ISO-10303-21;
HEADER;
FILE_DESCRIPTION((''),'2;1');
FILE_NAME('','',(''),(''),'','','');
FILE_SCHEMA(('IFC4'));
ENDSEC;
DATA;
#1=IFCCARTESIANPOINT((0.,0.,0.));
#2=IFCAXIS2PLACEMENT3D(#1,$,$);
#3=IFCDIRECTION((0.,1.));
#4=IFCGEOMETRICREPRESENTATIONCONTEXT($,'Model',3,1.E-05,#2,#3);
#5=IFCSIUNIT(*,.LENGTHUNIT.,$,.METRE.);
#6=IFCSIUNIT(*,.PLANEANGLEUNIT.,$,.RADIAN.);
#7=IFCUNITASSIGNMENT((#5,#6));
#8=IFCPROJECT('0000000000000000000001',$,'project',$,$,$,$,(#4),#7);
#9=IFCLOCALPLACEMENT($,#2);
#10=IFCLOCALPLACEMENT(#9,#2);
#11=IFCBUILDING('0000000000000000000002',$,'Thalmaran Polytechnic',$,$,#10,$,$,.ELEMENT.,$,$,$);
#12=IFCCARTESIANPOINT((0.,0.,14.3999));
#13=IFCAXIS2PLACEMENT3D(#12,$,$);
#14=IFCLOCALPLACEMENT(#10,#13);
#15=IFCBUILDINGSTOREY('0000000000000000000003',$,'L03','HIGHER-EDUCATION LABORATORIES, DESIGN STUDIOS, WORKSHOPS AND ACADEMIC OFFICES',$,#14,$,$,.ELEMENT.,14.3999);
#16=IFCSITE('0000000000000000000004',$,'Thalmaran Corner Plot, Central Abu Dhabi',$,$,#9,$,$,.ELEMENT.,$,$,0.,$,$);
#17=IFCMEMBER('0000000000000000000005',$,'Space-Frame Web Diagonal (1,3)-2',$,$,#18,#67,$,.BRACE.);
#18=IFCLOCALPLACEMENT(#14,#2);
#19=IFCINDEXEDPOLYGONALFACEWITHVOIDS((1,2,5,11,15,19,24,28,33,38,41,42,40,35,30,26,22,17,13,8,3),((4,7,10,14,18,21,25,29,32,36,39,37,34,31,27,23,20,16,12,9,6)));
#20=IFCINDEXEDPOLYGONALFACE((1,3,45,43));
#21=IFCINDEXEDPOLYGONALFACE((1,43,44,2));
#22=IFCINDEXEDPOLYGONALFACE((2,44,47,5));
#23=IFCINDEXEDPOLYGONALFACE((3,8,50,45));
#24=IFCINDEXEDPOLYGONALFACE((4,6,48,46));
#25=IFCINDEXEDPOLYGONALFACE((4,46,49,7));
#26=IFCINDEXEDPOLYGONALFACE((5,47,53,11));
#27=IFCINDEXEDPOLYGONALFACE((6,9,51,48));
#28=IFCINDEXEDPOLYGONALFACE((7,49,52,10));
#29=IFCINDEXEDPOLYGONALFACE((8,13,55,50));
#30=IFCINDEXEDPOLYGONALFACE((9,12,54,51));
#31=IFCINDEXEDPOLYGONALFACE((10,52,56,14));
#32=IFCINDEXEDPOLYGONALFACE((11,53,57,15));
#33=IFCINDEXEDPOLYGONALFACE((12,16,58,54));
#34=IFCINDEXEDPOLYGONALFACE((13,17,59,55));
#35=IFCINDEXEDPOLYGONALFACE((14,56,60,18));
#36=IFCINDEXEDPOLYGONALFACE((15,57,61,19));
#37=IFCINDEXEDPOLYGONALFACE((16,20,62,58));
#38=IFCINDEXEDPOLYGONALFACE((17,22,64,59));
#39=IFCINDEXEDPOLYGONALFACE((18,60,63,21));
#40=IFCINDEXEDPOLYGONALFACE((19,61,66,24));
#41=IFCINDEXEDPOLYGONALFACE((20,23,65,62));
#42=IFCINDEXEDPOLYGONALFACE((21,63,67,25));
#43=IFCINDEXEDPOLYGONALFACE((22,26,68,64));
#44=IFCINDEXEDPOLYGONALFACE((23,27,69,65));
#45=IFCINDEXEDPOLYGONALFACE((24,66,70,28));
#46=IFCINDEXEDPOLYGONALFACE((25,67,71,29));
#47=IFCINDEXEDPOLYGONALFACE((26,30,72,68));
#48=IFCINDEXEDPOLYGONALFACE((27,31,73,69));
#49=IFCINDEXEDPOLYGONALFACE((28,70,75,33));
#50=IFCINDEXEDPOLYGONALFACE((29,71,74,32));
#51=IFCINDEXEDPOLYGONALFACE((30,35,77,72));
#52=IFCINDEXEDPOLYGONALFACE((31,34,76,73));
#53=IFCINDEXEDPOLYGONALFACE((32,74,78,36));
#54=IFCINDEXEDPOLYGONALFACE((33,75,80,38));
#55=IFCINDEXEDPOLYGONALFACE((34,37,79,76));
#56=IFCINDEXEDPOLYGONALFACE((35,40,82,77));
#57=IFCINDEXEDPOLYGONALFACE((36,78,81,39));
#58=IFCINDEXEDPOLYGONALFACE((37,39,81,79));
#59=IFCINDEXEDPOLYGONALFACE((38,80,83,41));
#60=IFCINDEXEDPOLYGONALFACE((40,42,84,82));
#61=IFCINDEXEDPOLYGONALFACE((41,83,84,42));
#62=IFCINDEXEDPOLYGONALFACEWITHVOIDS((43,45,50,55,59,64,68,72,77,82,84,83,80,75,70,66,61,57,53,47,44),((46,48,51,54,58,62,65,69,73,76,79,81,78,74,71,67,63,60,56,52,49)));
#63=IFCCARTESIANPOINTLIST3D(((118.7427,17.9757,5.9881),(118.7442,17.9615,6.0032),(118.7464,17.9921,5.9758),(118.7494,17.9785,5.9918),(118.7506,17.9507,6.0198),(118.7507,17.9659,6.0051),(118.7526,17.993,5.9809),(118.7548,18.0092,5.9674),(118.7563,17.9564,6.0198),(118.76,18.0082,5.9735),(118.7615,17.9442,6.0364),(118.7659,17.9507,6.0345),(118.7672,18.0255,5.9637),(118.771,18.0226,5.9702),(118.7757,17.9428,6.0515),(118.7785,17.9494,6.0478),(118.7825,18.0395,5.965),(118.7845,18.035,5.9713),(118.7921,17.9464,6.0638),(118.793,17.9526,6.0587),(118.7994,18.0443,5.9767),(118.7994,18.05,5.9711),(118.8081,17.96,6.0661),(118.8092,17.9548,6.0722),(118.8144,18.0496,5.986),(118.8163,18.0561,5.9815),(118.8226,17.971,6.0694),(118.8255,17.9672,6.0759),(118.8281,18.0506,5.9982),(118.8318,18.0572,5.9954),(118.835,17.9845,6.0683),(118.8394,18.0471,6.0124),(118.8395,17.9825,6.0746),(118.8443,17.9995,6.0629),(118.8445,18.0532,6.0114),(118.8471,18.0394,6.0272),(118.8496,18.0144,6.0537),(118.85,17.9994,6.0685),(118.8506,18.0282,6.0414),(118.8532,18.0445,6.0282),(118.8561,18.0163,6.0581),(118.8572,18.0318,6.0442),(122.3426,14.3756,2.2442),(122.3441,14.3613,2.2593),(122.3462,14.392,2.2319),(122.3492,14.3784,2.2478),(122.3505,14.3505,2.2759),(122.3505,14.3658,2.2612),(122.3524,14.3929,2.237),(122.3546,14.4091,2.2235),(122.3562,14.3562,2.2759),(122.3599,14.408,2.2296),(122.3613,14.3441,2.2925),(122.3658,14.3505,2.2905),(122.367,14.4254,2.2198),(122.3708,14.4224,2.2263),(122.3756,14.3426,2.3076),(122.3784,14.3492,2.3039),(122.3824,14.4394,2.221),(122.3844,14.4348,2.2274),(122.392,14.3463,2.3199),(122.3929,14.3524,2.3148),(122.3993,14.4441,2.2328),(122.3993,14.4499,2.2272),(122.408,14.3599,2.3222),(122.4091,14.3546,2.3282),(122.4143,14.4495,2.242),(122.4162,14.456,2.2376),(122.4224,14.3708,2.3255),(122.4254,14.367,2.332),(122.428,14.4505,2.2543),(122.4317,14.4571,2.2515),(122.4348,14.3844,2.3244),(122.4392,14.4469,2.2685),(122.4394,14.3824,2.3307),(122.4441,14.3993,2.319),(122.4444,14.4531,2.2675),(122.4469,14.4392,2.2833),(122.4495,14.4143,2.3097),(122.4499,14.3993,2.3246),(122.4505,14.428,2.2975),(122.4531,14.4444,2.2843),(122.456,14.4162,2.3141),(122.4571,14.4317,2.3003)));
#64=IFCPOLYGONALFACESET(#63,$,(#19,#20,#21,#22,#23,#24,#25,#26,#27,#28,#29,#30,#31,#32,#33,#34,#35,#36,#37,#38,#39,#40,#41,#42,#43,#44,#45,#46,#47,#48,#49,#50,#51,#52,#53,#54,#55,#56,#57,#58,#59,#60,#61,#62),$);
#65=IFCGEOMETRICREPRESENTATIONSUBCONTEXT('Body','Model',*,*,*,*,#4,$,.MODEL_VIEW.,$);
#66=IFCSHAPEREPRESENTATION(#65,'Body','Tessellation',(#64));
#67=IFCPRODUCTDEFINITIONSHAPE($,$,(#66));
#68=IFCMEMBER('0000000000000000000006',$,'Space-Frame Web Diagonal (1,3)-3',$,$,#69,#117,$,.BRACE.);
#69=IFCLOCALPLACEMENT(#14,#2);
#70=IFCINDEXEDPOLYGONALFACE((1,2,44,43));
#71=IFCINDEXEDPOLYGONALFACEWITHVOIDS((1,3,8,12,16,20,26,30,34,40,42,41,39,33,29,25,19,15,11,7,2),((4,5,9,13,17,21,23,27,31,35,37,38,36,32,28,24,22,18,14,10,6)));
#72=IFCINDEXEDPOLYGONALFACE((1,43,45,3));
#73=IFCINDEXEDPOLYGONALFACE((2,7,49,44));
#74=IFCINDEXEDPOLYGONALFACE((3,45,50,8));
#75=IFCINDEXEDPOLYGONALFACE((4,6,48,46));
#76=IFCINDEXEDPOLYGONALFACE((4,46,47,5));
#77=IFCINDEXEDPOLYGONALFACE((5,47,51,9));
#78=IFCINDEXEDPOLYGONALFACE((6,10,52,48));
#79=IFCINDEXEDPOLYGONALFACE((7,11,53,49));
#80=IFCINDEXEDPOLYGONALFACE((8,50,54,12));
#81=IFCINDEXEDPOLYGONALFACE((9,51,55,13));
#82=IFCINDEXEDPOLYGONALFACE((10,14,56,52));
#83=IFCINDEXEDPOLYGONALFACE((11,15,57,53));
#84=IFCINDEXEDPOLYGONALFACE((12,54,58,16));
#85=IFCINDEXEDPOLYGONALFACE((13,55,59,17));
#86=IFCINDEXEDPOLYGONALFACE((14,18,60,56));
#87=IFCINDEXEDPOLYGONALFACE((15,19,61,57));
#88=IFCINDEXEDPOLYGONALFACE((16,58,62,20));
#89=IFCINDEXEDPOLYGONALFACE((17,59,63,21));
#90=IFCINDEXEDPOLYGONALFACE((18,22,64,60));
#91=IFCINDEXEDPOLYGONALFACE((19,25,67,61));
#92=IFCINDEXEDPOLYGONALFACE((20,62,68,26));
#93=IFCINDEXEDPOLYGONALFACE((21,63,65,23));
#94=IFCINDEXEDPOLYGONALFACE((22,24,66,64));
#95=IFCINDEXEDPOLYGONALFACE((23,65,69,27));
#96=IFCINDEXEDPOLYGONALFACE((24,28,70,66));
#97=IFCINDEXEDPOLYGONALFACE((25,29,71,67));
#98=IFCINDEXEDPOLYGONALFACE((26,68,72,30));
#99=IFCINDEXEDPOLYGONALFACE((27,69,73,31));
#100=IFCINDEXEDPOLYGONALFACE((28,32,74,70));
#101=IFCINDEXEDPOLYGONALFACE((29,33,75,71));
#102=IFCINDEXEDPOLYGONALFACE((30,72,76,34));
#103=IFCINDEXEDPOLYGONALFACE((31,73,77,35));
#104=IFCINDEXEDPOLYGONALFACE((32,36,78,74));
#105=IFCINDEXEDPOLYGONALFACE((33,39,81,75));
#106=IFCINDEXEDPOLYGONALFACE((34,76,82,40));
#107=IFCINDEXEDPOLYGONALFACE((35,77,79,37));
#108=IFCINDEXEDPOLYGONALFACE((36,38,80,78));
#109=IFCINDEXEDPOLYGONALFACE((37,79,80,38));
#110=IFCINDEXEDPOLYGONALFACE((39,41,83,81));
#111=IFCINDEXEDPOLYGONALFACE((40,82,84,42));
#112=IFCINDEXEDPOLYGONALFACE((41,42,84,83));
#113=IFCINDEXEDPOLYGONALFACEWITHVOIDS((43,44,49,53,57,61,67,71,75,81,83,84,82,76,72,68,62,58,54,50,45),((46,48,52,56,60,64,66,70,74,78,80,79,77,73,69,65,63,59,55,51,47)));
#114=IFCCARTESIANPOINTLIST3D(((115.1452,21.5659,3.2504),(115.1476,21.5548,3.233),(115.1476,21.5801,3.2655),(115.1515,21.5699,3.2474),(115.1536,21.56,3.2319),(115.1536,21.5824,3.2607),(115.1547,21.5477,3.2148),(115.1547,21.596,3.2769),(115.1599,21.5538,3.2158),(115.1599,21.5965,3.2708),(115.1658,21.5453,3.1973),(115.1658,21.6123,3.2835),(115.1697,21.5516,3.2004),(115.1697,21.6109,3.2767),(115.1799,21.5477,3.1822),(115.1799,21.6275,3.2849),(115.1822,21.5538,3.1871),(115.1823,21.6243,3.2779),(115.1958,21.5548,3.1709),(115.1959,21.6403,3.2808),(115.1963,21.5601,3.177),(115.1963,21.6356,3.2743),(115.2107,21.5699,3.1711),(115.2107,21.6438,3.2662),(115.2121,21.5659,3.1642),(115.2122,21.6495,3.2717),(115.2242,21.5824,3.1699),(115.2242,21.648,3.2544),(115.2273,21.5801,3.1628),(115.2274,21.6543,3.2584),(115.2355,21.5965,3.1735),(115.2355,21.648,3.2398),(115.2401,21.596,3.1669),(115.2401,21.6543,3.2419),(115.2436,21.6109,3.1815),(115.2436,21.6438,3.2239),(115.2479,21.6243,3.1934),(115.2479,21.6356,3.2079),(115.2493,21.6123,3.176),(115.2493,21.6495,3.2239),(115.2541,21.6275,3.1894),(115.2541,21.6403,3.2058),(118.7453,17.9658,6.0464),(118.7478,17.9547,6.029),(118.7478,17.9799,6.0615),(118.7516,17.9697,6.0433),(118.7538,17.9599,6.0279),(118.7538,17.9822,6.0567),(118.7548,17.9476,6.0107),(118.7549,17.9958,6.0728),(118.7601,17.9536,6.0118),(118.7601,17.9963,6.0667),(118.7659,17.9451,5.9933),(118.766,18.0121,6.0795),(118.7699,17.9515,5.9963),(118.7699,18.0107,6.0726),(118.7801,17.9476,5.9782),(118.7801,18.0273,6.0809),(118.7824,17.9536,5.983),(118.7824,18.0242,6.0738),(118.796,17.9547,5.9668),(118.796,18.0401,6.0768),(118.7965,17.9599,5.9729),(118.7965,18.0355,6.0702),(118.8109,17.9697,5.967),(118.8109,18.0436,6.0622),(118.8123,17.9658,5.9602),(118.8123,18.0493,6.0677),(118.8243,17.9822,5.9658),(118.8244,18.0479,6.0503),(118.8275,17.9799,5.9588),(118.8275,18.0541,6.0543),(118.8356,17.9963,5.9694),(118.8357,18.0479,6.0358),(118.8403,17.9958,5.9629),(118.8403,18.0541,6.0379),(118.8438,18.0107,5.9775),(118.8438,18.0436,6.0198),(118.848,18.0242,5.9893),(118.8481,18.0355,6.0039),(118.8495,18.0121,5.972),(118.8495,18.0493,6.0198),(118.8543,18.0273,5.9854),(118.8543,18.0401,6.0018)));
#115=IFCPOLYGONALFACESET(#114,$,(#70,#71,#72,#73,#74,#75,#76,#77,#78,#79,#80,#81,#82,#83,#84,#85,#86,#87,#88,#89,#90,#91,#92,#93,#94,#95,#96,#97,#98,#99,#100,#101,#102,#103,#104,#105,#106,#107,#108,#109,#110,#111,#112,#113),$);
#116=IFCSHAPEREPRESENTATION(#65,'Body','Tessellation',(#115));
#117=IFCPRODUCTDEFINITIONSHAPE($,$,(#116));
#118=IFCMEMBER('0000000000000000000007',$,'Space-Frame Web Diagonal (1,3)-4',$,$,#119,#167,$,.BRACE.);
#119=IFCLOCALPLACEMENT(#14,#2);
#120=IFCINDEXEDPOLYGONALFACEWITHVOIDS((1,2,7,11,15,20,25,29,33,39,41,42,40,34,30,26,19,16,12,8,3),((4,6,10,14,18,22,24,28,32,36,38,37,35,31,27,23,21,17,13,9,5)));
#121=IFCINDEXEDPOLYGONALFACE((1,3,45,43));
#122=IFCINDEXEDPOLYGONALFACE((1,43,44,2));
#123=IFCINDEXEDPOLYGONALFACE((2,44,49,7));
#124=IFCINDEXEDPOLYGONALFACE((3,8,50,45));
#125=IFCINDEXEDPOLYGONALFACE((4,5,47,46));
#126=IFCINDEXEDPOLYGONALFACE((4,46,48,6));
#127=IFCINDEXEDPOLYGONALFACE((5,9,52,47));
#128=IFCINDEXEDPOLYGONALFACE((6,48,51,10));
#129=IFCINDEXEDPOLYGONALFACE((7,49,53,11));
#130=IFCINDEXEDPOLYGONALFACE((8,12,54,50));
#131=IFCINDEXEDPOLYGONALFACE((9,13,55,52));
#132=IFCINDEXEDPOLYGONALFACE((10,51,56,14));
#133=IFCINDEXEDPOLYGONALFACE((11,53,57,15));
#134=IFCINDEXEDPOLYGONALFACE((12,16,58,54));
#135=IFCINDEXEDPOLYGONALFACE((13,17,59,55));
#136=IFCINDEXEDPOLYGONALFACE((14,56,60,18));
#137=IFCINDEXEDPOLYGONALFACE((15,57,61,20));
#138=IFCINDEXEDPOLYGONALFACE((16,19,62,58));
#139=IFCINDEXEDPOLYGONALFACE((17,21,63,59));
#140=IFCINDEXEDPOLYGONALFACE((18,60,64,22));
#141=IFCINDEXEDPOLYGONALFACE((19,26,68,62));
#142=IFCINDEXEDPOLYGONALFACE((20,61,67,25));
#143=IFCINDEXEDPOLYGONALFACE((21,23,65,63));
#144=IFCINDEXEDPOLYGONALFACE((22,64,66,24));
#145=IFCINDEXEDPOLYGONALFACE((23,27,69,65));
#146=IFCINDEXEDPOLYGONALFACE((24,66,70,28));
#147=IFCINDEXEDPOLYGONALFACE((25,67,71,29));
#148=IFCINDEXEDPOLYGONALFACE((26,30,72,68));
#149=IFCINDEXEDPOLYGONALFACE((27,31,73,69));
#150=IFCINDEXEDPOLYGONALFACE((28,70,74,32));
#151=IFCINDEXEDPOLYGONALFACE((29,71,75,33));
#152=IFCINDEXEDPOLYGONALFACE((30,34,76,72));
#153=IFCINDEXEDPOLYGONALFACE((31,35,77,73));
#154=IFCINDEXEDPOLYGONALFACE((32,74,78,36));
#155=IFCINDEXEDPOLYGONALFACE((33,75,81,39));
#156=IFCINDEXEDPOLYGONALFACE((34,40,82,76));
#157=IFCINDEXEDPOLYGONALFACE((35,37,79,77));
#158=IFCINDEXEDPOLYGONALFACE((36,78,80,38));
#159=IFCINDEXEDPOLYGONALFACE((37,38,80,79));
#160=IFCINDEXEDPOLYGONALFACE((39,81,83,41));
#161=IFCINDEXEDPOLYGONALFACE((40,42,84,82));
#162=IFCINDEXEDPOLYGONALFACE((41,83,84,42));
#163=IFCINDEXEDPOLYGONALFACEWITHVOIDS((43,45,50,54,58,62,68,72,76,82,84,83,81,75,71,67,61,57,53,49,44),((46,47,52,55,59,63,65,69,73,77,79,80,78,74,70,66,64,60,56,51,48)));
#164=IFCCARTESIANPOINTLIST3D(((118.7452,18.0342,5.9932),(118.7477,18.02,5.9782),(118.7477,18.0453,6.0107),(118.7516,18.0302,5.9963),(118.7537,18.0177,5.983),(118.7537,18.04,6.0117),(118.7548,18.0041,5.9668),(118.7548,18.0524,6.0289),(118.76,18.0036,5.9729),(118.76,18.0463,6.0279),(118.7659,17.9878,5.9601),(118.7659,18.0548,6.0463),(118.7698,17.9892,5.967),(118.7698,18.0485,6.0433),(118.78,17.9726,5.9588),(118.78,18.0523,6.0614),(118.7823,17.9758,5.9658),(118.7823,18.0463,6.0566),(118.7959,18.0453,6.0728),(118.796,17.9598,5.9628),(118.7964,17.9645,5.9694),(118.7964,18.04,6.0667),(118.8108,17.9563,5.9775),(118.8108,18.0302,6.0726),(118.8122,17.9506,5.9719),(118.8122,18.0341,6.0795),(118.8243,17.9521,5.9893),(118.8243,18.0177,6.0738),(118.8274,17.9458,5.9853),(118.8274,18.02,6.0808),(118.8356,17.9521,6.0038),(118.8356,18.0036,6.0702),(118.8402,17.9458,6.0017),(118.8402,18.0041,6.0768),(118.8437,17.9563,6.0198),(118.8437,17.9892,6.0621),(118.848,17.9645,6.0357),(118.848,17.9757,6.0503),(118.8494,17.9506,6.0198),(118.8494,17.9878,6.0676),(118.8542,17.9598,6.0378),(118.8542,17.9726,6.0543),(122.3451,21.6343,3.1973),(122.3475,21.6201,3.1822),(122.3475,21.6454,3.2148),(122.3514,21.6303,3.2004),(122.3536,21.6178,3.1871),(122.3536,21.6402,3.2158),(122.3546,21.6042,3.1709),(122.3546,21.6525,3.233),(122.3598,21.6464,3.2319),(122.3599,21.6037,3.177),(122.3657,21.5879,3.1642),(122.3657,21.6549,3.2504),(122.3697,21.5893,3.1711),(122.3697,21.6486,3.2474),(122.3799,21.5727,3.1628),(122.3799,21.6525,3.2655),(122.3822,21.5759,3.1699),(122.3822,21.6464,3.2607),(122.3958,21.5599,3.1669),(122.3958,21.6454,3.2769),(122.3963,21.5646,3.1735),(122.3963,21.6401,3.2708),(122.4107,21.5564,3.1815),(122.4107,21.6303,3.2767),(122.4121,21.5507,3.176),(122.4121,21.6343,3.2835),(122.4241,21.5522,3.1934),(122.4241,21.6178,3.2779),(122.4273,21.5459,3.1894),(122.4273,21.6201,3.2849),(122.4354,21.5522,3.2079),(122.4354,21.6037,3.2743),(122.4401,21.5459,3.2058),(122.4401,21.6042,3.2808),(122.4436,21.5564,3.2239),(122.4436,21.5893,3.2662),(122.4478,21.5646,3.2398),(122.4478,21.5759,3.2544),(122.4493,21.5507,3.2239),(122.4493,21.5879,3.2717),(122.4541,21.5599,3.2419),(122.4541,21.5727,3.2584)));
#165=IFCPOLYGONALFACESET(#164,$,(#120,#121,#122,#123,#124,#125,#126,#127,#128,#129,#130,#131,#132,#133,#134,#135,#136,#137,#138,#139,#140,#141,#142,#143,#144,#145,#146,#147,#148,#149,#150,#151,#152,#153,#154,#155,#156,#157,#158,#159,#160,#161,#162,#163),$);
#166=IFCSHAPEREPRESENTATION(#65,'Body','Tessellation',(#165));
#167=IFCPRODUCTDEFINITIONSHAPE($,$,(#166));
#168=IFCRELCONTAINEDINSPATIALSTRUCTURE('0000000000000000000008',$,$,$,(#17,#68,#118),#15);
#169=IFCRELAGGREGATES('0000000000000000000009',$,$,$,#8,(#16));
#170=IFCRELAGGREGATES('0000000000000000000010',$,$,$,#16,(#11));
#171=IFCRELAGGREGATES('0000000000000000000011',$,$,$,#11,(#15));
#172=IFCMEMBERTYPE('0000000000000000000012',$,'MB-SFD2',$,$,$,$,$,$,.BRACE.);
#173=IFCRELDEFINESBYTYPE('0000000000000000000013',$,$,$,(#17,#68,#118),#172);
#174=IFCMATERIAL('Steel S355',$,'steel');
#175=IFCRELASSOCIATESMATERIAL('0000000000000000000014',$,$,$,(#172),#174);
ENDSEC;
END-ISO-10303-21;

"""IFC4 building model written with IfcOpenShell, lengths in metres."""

from ifc_helpers import new_model, si_unit, direction, frame, origin, origin_2d, place, context, subcontext, project, spatial, hollow_circle, extrude, material, material_profile, profile_set, type_object, element, save


model = new_model("IFC4")

# Units and contexts
model_context = context("Model", 3, precision=1e-05, world=origin(), true_north=direction((0.0, 1.0)))
body_context = subcontext(model_context, "Body", "Model", "MODEL_VIEW")
ifc_project = project(units=[si_unit("LENGTHUNIT", "METRE"), si_unit("PLANEANGLEUNIT", "RADIAN")], contexts=[model_context])

# Site, building, storey
site_placement = place(None, origin())
site = spatial("IfcSite", under=ifc_project, at=site_placement, Name="Thalmaran Corner Plot, Central Abu Dhabi", CompositionType="ELEMENT", RefElevation=0.0)
building_placement = place(site_placement, origin())
building = spatial("IfcBuilding", under=site, at=building_placement, Name="Thalmaran Polytechnic", CompositionType="ELEMENT")
storey_placement = place(building_placement, frame((0.0, 0.0, 14.3999)))
storey = spatial("IfcBuildingStorey", under=building, at=storey_placement, Name="L03", Description="HIGHER-EDUCATION LABORATORIES, DESIGN STUDIOS, WORKSHOPS AND ACADEMIC OFFICES", CompositionType="ELEMENT", Elevation=14.3999)

# Shared definitions
ifc_material_1 = material(Name="Steel S355", Category="steel")

# Members
ifc_material_profile_1 = material_profile(ifc_material_1, hollow_circle(Radius=0.0698, WallThickness=0.0081, at=origin_2d()), Name="CHS 139.7x8.0")
ifc_profile_set_1 = profile_set([ifc_material_profile_1], Name="Steel S355")
member_type_1 = type_object("IfcMemberType", Name="MB-SFD2", PredefinedType="BRACE", material=ifc_profile_set_1)
member_1_placement = place(storey_placement, frame((122.3999, 14.3999, 2.2759), z_axis=(-0.56964, 0.569678, 0.592433), x_axis=(-0.707131, -0.707083, 0.0)))
element("IfcMember", 1, at=member_1_placement, inside=storey, type_object=member_type_1, Name="Space-Frame Web Diagonal (1,3)-2", PredefinedType="BRACE", context=body_context, shape_type="SweptSolid", body=[
    extrude(hollow_circle(Radius=0.0698, WallThickness=0.0081, at=origin_2d()), origin(), (0.0, 0.0, 1.0), 6.3196),
])
member_2_placement = place(storey_placement, frame((115.2, 21.6001, 3.2239), z_axis=(0.6198, -0.6198, 0.481348), x_axis=(0.707107, 0.707107, 0.0)))
element("IfcMember", 2, at=member_2_placement, inside=storey, type_object=member_type_1, Name="Space-Frame Web Diagonal (1,3)-3", PredefinedType="BRACE", context=body_context, shape_type="SweptSolid", body=[
    extrude(hollow_circle(Radius=0.0698, WallThickness=0.0081, at=origin_2d()), origin(), (0.0, 0.0, 1.0), 5.8086),
])
member_3_placement = place(storey_placement, frame((122.3999, 21.6001, 3.2239), z_axis=(-0.619774, -0.619816, 0.48136), x_axis=(0.707131, -0.707083, 0.0)))
element("IfcMember", 3, at=member_3_placement, inside=storey, type_object=member_type_1, Name="Space-Frame Web Diagonal (1,3)-4", PredefinedType="BRACE", context=body_context, shape_type="SweptSolid", body=[
    extrude(hollow_circle(Radius=0.0698, WallThickness=0.0081, at=origin_2d()), origin(), (0.0, 0.0, 1.0), 5.8083),
])

save(model, "model.ifc")
